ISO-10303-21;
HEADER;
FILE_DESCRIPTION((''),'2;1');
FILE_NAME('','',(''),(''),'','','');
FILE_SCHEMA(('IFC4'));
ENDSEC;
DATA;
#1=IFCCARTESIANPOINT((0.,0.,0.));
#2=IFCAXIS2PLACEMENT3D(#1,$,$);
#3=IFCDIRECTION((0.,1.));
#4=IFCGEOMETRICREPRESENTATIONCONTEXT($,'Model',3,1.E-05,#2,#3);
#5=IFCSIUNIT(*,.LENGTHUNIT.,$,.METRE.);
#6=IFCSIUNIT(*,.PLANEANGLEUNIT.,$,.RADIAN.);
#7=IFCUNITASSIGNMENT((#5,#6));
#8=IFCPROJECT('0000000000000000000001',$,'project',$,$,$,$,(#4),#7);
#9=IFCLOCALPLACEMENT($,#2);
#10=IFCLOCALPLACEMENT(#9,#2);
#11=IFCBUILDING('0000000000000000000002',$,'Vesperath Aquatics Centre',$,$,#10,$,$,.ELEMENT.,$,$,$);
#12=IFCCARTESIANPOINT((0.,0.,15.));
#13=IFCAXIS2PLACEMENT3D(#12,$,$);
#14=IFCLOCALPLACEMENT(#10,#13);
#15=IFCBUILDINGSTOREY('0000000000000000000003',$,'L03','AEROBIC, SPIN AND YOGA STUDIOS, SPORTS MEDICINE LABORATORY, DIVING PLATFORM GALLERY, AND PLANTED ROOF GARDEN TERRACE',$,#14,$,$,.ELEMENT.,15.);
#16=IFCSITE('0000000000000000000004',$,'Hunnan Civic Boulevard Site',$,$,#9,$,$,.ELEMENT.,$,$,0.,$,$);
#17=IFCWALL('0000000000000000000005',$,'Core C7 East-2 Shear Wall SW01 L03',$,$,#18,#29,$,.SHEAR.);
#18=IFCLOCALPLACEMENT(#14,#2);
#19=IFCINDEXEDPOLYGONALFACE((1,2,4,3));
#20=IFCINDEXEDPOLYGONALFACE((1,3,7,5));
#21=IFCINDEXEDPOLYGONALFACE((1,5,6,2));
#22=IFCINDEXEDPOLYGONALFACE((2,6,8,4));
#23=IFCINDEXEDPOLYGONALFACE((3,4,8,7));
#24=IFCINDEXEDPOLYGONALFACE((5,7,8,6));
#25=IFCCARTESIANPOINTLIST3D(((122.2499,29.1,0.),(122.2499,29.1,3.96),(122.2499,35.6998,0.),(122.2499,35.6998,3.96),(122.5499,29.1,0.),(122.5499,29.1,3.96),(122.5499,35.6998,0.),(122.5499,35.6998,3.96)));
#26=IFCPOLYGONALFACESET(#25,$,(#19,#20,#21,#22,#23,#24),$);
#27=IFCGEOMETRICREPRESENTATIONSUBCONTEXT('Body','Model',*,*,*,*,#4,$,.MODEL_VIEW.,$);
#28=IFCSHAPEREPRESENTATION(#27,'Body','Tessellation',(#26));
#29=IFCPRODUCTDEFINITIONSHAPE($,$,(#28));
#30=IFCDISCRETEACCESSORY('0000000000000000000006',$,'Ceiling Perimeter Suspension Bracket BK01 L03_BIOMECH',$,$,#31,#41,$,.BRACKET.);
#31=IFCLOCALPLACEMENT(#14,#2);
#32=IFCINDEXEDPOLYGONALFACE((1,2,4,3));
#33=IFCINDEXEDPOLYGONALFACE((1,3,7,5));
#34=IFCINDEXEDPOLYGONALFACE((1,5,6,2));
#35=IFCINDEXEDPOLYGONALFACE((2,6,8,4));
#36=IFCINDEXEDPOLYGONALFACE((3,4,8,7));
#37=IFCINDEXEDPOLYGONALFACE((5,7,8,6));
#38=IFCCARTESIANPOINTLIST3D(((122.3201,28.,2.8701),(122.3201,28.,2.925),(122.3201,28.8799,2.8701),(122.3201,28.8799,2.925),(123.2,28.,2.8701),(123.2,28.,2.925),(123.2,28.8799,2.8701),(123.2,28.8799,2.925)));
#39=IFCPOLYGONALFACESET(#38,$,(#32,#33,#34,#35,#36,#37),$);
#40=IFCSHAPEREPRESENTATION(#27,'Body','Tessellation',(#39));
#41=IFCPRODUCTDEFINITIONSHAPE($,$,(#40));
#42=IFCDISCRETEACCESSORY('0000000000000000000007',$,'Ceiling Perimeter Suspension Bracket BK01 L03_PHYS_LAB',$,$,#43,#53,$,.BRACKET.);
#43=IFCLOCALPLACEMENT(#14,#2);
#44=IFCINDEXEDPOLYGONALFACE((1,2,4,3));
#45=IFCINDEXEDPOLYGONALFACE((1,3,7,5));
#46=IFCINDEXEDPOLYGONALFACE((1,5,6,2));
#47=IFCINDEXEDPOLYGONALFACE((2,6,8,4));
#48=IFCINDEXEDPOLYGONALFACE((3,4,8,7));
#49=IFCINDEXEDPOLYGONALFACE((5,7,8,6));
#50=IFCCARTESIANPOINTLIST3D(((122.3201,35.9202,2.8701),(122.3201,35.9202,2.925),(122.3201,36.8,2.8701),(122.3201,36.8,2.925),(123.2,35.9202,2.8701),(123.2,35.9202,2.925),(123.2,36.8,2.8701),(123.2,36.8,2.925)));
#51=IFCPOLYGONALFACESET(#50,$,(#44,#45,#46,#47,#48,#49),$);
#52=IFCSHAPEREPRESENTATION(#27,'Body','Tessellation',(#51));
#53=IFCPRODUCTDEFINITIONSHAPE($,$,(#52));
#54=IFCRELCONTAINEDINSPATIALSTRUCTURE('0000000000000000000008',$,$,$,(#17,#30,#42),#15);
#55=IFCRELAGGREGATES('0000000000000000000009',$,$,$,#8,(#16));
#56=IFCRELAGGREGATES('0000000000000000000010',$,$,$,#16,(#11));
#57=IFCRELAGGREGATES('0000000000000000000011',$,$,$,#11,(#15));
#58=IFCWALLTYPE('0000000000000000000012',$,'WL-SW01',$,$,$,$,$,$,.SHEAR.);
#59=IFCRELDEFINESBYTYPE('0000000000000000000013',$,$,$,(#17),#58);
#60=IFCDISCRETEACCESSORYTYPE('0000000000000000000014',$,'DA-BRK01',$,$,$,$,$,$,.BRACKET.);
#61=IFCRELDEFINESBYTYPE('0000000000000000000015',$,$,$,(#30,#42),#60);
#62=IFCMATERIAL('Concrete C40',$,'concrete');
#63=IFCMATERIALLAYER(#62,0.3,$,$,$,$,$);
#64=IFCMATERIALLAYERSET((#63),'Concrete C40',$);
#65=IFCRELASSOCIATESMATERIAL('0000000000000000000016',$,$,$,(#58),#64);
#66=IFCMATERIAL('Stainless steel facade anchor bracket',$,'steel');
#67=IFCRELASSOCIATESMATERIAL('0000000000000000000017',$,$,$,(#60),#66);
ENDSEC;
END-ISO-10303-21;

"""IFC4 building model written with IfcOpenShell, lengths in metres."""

from ifc_helpers import new_model, si_unit, direction, frame, frame_2d, origin, origin_2d, place, context, subcontext, project, spatial, rectangle, extrude, material, layer, layer_set, type_object, element, save


model = new_model("IFC4")

# Units and contexts
model_context = context("Model", 3, precision=1e-05, world=origin(), true_north=direction((0.0, 1.0)))
body_context = subcontext(model_context, "Body", "Model", "MODEL_VIEW")
ifc_project = project(units=[si_unit("LENGTHUNIT", "METRE"), si_unit("PLANEANGLEUNIT", "RADIAN")], contexts=[model_context])

# Site, building, storey
site_placement = place(None, origin())
site = spatial("IfcSite", under=ifc_project, at=site_placement, Name="Hunnan Civic Boulevard Site", CompositionType="ELEMENT", RefElevation=0.0)
building_placement = place(site_placement, origin())
building = spatial("IfcBuilding", under=site, at=building_placement, Name="Vesperath Aquatics Centre", CompositionType="ELEMENT")
storey_placement = place(building_placement, frame((0.0, 0.0, 15.0)))
storey = spatial("IfcBuildingStorey", under=building, at=storey_placement, Name="L03", Description="AEROBIC, SPIN AND YOGA STUDIOS, SPORTS MEDICINE LABORATORY, DIVING PLATFORM GALLERY, AND PLANTED ROOF GARDEN TERRACE", CompositionType="ELEMENT", Elevation=15.0)

# Shared definitions
ifc_material_1 = material(Name="Concrete C40", Category="concrete")

# Wall
ifc_layer_1 = layer(ifc_material_1, 0.3)
ifc_layer_set_1 = layer_set([ifc_layer_1], Name="Concrete C40")
wall_type_1 = type_object("IfcWallType", Name="WL-SW01", PredefinedType="SHEAR", material=ifc_layer_set_1)
wall_1_placement = place(storey_placement, frame((122.3999, 29.1001, 0.0), z_axis=(0.0, 0.0, 1.0), x_axis=(0.0, 1.0, 0.0)))
element("IfcWall", 1, at=wall_1_placement, inside=storey, type_object=wall_type_1, Name="Core C7 East-2 Shear Wall SW01 L03", PredefinedType="SHEAR", context=body_context, shape_type="SweptSolid", body=[
    extrude(rectangle(XDim=6.5999, YDim=0.3, at=frame_2d((3.2998, 0.0))), origin(), (0.0, 0.0, 1.0), 3.96),
])

# Discrete accessories
ifc_material_2 = material(Name="Stainless steel facade anchor bracket", Category="steel")
discrete_accessory_type = type_object("IfcDiscreteAccessoryType", Name="DA-BRK01", PredefinedType="BRACKET", material=ifc_material_2)
for number, where, z_axis, x_axis, name in (
    (2, (122.76, 28.4399, 2.8701), (0.0, 0.0, 1.0), (1.0, 0.0, 0.0), "Ceiling Perimeter Suspension Bracket BK01 L03_BIOMECH"),
    (3, (122.76, 36.3601, 2.8701), (0.0, 0.0, 1.0), (1.0, 0.0, 0.0), "Ceiling Perimeter Suspension Bracket BK01 L03_PHYS_LAB"),
):
    element("IfcDiscreteAccessory", number, at=place(storey_placement, frame(where, z_axis=z_axis, x_axis=x_axis)), inside=storey, type_object=discrete_accessory_type, Name=name, PredefinedType="BRACKET", context=body_context, shape_type="SweptSolid", body=[
        extrude(rectangle(XDim=0.8799, YDim=0.8799, at=origin_2d()), origin(), (0.0, 0.0, 1.0), 0.0549),
    ])

save(model, "model.ifc")
